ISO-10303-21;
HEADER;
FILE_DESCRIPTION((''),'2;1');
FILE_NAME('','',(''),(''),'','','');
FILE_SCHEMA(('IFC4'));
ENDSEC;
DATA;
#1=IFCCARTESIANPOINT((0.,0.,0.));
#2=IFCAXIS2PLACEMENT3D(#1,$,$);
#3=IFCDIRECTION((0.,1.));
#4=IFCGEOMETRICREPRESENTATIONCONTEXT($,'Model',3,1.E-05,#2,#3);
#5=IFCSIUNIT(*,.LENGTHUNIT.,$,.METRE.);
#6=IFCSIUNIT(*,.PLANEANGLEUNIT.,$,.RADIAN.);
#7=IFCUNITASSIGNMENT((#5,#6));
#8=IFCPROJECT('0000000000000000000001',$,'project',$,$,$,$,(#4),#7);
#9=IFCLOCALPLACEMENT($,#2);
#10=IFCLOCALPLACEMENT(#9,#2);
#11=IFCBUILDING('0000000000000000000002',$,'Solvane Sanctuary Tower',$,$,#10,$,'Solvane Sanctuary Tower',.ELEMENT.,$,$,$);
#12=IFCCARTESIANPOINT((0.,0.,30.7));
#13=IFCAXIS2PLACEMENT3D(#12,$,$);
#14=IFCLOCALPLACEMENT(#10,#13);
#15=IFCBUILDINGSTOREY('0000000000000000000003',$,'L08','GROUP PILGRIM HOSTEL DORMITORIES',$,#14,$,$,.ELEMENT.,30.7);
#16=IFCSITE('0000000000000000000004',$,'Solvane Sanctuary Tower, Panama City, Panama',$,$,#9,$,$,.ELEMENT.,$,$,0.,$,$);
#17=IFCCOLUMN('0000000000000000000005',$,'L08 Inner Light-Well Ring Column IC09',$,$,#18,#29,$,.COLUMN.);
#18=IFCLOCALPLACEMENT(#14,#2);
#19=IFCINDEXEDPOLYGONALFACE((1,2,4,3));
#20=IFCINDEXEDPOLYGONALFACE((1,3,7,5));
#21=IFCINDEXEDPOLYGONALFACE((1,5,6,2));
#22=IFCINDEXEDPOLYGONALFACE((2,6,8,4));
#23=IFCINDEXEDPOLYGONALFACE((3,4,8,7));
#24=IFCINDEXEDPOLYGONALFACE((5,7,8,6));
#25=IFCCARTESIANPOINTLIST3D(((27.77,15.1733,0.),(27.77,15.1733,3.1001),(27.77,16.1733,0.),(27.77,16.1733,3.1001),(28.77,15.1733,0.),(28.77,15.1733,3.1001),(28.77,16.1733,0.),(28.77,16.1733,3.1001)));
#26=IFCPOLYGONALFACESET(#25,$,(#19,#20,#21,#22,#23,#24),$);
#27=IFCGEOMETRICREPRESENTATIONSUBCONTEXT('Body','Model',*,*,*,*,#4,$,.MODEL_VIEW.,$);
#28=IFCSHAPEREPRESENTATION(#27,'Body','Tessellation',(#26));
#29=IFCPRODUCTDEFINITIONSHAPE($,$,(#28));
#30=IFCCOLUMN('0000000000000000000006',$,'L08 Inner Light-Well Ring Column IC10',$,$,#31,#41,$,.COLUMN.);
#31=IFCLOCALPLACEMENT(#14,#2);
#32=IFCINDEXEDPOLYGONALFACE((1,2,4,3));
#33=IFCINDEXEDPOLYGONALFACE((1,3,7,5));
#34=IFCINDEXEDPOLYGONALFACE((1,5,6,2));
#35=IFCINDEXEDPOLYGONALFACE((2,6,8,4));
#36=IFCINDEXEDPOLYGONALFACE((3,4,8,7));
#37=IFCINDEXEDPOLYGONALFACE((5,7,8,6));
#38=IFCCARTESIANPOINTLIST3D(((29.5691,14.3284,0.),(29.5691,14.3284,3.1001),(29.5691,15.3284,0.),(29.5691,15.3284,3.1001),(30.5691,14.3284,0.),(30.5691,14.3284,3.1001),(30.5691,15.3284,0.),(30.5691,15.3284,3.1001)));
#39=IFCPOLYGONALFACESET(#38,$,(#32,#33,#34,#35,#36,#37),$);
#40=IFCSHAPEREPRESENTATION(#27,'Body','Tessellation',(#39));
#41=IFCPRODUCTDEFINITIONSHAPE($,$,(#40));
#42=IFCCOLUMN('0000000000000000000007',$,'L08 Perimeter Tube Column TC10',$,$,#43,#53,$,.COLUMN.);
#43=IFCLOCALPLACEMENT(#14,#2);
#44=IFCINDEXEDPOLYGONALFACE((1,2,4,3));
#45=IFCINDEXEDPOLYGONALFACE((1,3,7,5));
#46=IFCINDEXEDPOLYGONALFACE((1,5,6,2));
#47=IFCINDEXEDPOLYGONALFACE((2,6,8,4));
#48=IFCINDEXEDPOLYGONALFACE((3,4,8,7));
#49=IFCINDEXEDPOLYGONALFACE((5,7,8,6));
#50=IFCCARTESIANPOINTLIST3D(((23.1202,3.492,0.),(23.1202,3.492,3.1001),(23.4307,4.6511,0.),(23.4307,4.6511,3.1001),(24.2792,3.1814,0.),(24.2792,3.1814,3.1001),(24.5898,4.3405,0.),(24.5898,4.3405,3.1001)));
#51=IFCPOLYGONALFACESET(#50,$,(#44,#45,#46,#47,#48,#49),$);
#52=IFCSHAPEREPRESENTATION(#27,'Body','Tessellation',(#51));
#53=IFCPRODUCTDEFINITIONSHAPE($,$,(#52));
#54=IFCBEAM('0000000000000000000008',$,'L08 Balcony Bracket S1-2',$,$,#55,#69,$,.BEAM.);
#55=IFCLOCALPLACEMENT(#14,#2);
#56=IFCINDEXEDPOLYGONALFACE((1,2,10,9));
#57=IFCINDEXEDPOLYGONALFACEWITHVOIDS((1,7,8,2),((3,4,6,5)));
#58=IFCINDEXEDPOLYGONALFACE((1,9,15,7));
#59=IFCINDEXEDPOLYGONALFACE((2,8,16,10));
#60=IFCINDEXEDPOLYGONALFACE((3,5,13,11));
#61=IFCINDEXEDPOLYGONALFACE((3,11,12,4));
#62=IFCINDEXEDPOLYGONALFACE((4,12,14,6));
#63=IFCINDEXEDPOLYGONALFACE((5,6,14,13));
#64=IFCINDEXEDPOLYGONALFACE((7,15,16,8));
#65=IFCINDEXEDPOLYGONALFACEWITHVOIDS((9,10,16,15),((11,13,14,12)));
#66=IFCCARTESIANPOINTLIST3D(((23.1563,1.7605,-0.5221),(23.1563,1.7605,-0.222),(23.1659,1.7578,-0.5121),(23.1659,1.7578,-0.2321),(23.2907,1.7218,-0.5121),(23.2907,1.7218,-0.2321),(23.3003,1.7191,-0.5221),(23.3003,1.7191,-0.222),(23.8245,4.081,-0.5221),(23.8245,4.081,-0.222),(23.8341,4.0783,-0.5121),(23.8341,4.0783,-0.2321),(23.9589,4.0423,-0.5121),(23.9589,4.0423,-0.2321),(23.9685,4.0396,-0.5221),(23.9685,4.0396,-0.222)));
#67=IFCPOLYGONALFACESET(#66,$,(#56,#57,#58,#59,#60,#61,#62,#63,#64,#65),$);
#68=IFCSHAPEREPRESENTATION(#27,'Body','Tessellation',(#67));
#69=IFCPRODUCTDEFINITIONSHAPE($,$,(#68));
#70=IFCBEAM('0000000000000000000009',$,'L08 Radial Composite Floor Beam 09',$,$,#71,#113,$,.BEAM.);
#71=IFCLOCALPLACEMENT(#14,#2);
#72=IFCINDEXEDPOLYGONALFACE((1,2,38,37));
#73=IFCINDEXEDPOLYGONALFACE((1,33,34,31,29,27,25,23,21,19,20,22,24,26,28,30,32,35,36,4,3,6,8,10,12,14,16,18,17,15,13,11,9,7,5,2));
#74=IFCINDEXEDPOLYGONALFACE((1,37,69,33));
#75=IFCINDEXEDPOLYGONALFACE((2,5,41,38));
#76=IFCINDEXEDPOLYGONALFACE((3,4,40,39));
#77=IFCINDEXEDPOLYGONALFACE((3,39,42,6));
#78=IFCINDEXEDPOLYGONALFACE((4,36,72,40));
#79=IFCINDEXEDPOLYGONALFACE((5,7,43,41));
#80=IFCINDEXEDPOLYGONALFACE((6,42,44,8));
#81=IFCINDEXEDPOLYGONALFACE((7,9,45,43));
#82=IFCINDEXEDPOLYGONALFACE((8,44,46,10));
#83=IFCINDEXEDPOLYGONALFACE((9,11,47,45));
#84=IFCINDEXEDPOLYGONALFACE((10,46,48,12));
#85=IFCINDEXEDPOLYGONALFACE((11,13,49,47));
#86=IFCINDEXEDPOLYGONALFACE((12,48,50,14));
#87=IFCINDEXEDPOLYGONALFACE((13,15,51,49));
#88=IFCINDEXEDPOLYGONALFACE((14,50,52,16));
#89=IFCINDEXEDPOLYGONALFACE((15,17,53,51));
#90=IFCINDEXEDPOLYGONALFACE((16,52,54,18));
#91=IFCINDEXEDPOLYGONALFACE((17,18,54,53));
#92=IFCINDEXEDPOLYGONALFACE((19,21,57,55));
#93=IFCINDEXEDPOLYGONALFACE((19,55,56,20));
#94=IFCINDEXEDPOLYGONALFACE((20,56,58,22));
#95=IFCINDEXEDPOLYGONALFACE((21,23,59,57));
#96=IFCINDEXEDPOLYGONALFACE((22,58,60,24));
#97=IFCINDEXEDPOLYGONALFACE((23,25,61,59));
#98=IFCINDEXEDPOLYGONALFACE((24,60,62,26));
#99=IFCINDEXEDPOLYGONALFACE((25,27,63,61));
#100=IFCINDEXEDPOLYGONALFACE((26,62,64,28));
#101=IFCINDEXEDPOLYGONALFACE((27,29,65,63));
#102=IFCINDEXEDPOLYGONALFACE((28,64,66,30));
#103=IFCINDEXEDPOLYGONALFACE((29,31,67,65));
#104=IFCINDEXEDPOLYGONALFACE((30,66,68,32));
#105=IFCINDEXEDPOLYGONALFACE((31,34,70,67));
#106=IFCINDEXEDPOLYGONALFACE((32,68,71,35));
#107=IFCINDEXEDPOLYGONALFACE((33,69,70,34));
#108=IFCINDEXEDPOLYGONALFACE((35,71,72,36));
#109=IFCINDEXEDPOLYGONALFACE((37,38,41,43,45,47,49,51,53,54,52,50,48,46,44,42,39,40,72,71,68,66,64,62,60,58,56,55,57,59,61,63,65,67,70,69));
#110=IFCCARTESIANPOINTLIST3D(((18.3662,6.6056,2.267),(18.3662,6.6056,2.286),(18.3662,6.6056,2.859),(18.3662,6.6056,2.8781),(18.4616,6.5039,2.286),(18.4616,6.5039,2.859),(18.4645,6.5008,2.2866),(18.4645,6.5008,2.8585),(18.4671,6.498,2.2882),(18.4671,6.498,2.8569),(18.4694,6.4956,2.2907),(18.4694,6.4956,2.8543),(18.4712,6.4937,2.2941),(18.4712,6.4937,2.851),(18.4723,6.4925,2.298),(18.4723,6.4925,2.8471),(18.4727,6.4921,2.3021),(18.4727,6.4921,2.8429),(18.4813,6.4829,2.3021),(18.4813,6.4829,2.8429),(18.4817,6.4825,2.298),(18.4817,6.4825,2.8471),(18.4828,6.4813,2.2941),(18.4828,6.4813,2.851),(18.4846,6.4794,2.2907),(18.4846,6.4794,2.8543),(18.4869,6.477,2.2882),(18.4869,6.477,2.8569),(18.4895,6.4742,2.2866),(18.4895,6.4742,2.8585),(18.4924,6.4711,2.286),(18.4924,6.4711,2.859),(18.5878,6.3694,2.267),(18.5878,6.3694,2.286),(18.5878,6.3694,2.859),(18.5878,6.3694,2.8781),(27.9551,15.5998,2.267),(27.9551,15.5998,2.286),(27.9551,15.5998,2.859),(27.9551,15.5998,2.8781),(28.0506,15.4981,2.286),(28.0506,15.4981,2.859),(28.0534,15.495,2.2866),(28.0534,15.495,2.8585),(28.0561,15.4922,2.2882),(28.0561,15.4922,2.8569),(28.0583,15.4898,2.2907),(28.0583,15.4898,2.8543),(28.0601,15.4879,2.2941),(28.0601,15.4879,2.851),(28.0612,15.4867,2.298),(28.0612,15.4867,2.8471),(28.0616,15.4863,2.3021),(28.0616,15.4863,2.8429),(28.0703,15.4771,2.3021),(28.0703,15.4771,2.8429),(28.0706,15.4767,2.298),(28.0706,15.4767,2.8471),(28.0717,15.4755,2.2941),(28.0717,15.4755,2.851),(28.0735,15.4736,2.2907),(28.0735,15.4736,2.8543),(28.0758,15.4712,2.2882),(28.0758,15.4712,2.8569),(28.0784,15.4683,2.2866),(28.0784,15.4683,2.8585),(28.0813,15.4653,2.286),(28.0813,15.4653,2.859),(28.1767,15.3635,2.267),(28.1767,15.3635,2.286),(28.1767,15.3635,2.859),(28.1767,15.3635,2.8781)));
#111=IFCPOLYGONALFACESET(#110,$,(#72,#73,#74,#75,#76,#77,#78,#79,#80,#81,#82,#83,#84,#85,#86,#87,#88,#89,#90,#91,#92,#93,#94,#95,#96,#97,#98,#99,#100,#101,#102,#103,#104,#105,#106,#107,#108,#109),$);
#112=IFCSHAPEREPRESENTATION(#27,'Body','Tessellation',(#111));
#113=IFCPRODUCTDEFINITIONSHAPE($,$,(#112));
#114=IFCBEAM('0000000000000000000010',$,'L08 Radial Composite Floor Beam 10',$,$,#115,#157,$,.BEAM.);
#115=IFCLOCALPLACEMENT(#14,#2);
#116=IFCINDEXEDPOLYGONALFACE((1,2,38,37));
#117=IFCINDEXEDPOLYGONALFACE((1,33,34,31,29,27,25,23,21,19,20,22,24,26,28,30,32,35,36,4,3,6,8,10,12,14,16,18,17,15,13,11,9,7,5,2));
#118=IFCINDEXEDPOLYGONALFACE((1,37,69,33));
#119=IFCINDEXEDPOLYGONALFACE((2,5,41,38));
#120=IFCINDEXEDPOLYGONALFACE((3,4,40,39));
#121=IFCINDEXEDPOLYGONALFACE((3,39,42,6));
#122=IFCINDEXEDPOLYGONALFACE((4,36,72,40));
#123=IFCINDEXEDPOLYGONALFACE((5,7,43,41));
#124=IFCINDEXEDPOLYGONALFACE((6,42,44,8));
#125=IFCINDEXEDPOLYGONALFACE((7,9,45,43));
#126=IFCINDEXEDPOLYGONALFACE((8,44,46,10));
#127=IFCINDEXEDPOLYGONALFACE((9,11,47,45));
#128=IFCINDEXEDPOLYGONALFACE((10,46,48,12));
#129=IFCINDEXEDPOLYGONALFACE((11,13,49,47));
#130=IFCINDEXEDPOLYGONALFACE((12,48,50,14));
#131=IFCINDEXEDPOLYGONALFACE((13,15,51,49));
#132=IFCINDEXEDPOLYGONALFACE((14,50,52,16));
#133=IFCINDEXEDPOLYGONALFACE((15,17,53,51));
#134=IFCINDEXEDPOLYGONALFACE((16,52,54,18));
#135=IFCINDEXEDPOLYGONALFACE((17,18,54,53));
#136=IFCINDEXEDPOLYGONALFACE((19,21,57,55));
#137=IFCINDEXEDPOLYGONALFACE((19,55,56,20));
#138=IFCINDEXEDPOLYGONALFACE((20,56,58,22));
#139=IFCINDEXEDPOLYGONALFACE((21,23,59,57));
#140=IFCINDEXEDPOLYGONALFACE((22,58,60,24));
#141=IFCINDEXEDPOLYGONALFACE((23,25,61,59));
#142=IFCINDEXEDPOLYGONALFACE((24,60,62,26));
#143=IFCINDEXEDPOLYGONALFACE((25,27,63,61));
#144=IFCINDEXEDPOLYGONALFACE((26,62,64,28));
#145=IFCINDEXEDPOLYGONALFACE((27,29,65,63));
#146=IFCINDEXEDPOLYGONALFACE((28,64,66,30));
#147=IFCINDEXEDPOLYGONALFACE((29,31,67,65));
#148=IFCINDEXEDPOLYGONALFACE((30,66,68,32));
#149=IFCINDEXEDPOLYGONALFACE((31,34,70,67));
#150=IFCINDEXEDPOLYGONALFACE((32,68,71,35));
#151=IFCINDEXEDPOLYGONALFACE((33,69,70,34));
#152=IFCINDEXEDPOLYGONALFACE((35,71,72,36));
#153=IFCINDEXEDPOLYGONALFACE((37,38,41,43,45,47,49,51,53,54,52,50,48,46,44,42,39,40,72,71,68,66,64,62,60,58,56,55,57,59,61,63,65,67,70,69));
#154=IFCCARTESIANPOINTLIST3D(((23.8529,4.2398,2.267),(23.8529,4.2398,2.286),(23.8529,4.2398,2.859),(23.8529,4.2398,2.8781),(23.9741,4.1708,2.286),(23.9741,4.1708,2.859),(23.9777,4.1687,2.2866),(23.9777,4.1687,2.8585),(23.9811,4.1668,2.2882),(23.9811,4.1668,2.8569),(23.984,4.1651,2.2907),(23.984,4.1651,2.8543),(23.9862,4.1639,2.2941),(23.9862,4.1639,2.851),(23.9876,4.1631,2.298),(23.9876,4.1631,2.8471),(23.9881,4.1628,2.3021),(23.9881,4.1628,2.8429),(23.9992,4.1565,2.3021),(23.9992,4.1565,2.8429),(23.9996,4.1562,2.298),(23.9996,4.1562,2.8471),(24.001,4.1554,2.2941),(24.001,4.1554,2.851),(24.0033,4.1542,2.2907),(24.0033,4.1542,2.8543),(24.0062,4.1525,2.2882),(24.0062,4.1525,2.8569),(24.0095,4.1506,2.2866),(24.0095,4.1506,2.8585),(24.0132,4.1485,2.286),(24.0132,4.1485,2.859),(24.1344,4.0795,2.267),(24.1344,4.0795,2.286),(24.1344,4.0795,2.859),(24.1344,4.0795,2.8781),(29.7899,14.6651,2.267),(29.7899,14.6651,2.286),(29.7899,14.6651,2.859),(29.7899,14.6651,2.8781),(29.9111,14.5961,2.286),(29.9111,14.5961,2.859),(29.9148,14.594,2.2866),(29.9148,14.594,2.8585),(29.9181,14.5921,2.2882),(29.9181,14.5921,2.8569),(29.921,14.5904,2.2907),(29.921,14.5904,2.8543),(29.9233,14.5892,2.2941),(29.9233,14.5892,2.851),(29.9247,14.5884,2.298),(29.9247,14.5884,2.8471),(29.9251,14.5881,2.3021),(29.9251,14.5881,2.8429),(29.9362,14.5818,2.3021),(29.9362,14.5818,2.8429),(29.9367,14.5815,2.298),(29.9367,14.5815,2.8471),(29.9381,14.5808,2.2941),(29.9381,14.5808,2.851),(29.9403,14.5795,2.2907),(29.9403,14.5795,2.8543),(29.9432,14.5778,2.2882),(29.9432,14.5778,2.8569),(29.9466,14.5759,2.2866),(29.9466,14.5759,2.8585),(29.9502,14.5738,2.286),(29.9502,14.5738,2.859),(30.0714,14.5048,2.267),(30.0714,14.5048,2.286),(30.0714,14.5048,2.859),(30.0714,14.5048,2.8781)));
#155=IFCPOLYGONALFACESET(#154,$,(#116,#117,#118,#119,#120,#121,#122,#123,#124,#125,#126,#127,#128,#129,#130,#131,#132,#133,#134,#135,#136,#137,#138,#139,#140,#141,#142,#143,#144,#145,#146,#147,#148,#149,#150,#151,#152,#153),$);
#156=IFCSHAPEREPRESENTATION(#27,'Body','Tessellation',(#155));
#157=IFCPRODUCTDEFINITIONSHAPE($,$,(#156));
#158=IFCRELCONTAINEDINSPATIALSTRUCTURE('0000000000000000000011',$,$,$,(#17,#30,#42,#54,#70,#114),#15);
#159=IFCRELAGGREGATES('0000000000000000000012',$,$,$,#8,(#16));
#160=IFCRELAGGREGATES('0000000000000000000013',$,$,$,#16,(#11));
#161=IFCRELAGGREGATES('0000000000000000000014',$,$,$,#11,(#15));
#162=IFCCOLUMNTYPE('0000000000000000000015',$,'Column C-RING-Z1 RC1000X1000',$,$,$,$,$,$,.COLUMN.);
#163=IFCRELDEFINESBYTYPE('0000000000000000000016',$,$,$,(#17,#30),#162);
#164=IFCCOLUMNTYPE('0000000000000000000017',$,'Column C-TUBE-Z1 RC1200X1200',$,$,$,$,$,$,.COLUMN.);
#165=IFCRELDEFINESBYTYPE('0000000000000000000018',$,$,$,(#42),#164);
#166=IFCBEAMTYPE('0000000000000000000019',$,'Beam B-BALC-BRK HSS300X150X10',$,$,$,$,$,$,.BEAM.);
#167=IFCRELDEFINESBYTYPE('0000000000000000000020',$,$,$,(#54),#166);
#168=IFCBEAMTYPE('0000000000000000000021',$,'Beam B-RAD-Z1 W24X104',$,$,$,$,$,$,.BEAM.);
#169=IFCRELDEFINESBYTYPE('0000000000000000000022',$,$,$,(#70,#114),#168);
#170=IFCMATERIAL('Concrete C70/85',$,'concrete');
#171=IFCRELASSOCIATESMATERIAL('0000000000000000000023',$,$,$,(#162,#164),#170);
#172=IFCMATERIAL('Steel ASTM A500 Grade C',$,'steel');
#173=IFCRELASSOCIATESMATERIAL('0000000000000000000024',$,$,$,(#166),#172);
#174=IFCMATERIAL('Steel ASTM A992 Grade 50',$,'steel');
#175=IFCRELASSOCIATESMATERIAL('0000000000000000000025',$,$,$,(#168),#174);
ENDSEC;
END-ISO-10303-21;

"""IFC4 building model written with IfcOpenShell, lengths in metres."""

from ifc_helpers import new_model, si_unit, direction, frame, origin, origin_2d, place, context, subcontext, project, spatial, rectangle, hollow_rectangle, i_section, extrude, material, material_profile, profile_set, type_object, element, save


model = new_model("IFC4")

# Units and contexts
model_context = context("Model", 3, precision=1e-05, world=origin(), true_north=direction((0.0, 1.0)))
body_context = subcontext(model_context, "Body", "Model", "MODEL_VIEW")
ifc_project = project(units=[si_unit("LENGTHUNIT", "METRE"), si_unit("PLANEANGLEUNIT", "RADIAN")], contexts=[model_context])

# Site, building, storey
site_placement = place(None, origin())
site = spatial("IfcSite", under=ifc_project, at=site_placement, Name="Solvane Sanctuary Tower, Panama City, Panama", CompositionType="ELEMENT", RefElevation=0.0)
building_placement = place(site_placement, origin())
building = spatial("IfcBuilding", under=site, at=building_placement, Name="Solvane Sanctuary Tower", LongName="Solvane Sanctuary Tower", CompositionType="ELEMENT")
storey_placement = place(building_placement, frame((0.0, 0.0, 30.7)))
storey = spatial("IfcBuildingStorey", under=building, at=storey_placement, Name="L08", Description="GROUP PILGRIM HOSTEL DORMITORIES", CompositionType="ELEMENT", Elevation=30.7)

# Columns
ifc_material_1 = material(Name="Concrete C70/85", Category="concrete")
ifc_material_profile_1 = material_profile(ifc_material_1, rectangle(XDim=1.0, YDim=1.0, at=origin_2d()), Name="RC1000X1000")
ifc_profile_set_1 = profile_set([ifc_material_profile_1], Name="Concrete C70/85")
column_type_1 = type_object("IfcColumnType", Name="Column C-RING-Z1 RC1000X1000", PredefinedType="COLUMN", material=ifc_profile_set_1)
for number, where, z_axis, x_axis, name in (
    (1, (28.27, 15.6733, 0.0), (0.0, 0.0, 1.0), (1.0, 0.0, 0.0), "L08 Inner Light-Well Ring Column IC09"),
    (2, (30.0691, 14.8284, 0.0), (0.0, 0.0, 1.0), (1.0, 0.0, 0.0), "L08 Inner Light-Well Ring Column IC10"),
):
    element("IfcColumn", number, at=place(storey_placement, frame(where, z_axis=z_axis, x_axis=x_axis)), inside=storey, type_object=column_type_1, Name=name, PredefinedType="COLUMN", context=body_context, shape_type="SweptSolid", body=[
        extrude(rectangle(XDim=1.0, YDim=1.0, at=origin_2d()), origin(), (0.0, 0.0, 1.0), 3.1001),
    ])
ifc_material_profile_2 = material_profile(ifc_material_1, rectangle(XDim=1.2, YDim=1.2, at=origin_2d()), Name="RC1200X1200")
ifc_profile_set_2 = profile_set([ifc_material_profile_2], Name="Concrete C70/85")
column_type_2 = type_object("IfcColumnType", Name="Column C-TUBE-Z1 RC1200X1200", PredefinedType="COLUMN", material=ifc_profile_set_2)
column_placement = place(storey_placement, frame((23.855, 3.9163, 0.0), z_axis=(0.0, 0.0, 1.0), x_axis=(-0.258819, -0.965926, 0.0)))
element("IfcColumn", 3, at=column_placement, inside=storey, type_object=column_type_2, Name="L08 Perimeter Tube Column TC10", PredefinedType="COLUMN", context=body_context, shape_type="SweptSolid", body=[
    extrude(rectangle(XDim=1.2, YDim=1.2, at=origin_2d()), origin(), (0.0, 0.0, 1.0), 3.1001),
])

# Beams
ifc_material_2 = material(Name="Steel ASTM A500 Grade C", Category="steel")
ifc_material_profile_3 = material_profile(ifc_material_2, hollow_rectangle(XDim=0.1499, YDim=0.3, WallThickness=0.01, at=origin_2d()), Name="HSS300X150X10")
ifc_profile_set_3 = profile_set([ifc_material_profile_3], Name="Steel ASTM A500 Grade C")
beam_type_1 = type_object("IfcBeamType", Name="Beam B-BALC-BRK HSS300X150X10", PredefinedType="BEAM", material=ifc_profile_set_3)
beam_1_placement = place(storey_placement, frame((23.8965, 4.0603, -0.3721), z_axis=(-0.27671, -0.960953, 0.0), x_axis=(0.960953, -0.27671, 0.0)))
element("IfcBeam", 4, at=beam_1_placement, inside=storey, type_object=beam_type_1, Name="L08 Balcony Bracket S1-2", PredefinedType="BEAM", context=body_context, shape_type="SweptSolid", body=[
    extrude(hollow_rectangle(XDim=0.1499, YDim=0.3, WallThickness=0.01, at=origin_2d()), origin(), (0.0, 0.0, 1.0), 2.4148),
])
ifc_material_3 = material(Name="Steel ASTM A992 Grade 50", Category="steel")
ifc_material_profile_4 = material_profile(ifc_material_3, i_section(OverallWidth=0.324, OverallDepth=0.6111, WebThickness=0.0127, FlangeThickness=0.019, FilletRadius=0.0161, at=origin_2d()), Name="W24X104")
ifc_profile_set_4 = profile_set([ifc_material_profile_4], Name="Steel ASTM A992 Grade 50")
beam_type_2 = type_object("IfcBeamType", Name="Beam B-RAD-Z1 W24X104", PredefinedType="BEAM", material=ifc_profile_set_4)
beam_2_placement = place(storey_placement, frame((28.0659, 15.4817, 2.5725), z_axis=(-0.729363, -0.684126, 0.0), x_axis=(0.684126, -0.729363, 0.0)))
element("IfcBeam", 5, at=beam_2_placement, inside=storey, type_object=beam_type_2, Name="L08 Radial Composite Floor Beam 09", PredefinedType="BEAM", context=body_context, shape_type="SweptSolid", body=[
    extrude(i_section(OverallWidth=0.324, OverallDepth=0.6111, WebThickness=0.0127, FlangeThickness=0.019, FilletRadius=0.0161, at=origin_2d()), origin(), (0.0, 0.0, 1.0), 13.147),
])
beam_3_placement = place(storey_placement, frame((29.9307, 14.585, 2.5725), z_axis=(-0.494863, -0.868971, 0.0), x_axis=(0.868971, -0.494863, 0.0)))
element("IfcBeam", 6, at=beam_3_placement, inside=storey, type_object=beam_type_2, Name="L08 Radial Composite Floor Beam 10", PredefinedType="BEAM", context=body_context, shape_type="SweptSolid", body=[
    extrude(i_section(OverallWidth=0.324, OverallDepth=0.6111, WebThickness=0.0127, FlangeThickness=0.019, FilletRadius=0.0161, at=origin_2d()), origin(), (0.0, 0.0, 1.0), 11.9973),
])

save(model, "model.ifc")
